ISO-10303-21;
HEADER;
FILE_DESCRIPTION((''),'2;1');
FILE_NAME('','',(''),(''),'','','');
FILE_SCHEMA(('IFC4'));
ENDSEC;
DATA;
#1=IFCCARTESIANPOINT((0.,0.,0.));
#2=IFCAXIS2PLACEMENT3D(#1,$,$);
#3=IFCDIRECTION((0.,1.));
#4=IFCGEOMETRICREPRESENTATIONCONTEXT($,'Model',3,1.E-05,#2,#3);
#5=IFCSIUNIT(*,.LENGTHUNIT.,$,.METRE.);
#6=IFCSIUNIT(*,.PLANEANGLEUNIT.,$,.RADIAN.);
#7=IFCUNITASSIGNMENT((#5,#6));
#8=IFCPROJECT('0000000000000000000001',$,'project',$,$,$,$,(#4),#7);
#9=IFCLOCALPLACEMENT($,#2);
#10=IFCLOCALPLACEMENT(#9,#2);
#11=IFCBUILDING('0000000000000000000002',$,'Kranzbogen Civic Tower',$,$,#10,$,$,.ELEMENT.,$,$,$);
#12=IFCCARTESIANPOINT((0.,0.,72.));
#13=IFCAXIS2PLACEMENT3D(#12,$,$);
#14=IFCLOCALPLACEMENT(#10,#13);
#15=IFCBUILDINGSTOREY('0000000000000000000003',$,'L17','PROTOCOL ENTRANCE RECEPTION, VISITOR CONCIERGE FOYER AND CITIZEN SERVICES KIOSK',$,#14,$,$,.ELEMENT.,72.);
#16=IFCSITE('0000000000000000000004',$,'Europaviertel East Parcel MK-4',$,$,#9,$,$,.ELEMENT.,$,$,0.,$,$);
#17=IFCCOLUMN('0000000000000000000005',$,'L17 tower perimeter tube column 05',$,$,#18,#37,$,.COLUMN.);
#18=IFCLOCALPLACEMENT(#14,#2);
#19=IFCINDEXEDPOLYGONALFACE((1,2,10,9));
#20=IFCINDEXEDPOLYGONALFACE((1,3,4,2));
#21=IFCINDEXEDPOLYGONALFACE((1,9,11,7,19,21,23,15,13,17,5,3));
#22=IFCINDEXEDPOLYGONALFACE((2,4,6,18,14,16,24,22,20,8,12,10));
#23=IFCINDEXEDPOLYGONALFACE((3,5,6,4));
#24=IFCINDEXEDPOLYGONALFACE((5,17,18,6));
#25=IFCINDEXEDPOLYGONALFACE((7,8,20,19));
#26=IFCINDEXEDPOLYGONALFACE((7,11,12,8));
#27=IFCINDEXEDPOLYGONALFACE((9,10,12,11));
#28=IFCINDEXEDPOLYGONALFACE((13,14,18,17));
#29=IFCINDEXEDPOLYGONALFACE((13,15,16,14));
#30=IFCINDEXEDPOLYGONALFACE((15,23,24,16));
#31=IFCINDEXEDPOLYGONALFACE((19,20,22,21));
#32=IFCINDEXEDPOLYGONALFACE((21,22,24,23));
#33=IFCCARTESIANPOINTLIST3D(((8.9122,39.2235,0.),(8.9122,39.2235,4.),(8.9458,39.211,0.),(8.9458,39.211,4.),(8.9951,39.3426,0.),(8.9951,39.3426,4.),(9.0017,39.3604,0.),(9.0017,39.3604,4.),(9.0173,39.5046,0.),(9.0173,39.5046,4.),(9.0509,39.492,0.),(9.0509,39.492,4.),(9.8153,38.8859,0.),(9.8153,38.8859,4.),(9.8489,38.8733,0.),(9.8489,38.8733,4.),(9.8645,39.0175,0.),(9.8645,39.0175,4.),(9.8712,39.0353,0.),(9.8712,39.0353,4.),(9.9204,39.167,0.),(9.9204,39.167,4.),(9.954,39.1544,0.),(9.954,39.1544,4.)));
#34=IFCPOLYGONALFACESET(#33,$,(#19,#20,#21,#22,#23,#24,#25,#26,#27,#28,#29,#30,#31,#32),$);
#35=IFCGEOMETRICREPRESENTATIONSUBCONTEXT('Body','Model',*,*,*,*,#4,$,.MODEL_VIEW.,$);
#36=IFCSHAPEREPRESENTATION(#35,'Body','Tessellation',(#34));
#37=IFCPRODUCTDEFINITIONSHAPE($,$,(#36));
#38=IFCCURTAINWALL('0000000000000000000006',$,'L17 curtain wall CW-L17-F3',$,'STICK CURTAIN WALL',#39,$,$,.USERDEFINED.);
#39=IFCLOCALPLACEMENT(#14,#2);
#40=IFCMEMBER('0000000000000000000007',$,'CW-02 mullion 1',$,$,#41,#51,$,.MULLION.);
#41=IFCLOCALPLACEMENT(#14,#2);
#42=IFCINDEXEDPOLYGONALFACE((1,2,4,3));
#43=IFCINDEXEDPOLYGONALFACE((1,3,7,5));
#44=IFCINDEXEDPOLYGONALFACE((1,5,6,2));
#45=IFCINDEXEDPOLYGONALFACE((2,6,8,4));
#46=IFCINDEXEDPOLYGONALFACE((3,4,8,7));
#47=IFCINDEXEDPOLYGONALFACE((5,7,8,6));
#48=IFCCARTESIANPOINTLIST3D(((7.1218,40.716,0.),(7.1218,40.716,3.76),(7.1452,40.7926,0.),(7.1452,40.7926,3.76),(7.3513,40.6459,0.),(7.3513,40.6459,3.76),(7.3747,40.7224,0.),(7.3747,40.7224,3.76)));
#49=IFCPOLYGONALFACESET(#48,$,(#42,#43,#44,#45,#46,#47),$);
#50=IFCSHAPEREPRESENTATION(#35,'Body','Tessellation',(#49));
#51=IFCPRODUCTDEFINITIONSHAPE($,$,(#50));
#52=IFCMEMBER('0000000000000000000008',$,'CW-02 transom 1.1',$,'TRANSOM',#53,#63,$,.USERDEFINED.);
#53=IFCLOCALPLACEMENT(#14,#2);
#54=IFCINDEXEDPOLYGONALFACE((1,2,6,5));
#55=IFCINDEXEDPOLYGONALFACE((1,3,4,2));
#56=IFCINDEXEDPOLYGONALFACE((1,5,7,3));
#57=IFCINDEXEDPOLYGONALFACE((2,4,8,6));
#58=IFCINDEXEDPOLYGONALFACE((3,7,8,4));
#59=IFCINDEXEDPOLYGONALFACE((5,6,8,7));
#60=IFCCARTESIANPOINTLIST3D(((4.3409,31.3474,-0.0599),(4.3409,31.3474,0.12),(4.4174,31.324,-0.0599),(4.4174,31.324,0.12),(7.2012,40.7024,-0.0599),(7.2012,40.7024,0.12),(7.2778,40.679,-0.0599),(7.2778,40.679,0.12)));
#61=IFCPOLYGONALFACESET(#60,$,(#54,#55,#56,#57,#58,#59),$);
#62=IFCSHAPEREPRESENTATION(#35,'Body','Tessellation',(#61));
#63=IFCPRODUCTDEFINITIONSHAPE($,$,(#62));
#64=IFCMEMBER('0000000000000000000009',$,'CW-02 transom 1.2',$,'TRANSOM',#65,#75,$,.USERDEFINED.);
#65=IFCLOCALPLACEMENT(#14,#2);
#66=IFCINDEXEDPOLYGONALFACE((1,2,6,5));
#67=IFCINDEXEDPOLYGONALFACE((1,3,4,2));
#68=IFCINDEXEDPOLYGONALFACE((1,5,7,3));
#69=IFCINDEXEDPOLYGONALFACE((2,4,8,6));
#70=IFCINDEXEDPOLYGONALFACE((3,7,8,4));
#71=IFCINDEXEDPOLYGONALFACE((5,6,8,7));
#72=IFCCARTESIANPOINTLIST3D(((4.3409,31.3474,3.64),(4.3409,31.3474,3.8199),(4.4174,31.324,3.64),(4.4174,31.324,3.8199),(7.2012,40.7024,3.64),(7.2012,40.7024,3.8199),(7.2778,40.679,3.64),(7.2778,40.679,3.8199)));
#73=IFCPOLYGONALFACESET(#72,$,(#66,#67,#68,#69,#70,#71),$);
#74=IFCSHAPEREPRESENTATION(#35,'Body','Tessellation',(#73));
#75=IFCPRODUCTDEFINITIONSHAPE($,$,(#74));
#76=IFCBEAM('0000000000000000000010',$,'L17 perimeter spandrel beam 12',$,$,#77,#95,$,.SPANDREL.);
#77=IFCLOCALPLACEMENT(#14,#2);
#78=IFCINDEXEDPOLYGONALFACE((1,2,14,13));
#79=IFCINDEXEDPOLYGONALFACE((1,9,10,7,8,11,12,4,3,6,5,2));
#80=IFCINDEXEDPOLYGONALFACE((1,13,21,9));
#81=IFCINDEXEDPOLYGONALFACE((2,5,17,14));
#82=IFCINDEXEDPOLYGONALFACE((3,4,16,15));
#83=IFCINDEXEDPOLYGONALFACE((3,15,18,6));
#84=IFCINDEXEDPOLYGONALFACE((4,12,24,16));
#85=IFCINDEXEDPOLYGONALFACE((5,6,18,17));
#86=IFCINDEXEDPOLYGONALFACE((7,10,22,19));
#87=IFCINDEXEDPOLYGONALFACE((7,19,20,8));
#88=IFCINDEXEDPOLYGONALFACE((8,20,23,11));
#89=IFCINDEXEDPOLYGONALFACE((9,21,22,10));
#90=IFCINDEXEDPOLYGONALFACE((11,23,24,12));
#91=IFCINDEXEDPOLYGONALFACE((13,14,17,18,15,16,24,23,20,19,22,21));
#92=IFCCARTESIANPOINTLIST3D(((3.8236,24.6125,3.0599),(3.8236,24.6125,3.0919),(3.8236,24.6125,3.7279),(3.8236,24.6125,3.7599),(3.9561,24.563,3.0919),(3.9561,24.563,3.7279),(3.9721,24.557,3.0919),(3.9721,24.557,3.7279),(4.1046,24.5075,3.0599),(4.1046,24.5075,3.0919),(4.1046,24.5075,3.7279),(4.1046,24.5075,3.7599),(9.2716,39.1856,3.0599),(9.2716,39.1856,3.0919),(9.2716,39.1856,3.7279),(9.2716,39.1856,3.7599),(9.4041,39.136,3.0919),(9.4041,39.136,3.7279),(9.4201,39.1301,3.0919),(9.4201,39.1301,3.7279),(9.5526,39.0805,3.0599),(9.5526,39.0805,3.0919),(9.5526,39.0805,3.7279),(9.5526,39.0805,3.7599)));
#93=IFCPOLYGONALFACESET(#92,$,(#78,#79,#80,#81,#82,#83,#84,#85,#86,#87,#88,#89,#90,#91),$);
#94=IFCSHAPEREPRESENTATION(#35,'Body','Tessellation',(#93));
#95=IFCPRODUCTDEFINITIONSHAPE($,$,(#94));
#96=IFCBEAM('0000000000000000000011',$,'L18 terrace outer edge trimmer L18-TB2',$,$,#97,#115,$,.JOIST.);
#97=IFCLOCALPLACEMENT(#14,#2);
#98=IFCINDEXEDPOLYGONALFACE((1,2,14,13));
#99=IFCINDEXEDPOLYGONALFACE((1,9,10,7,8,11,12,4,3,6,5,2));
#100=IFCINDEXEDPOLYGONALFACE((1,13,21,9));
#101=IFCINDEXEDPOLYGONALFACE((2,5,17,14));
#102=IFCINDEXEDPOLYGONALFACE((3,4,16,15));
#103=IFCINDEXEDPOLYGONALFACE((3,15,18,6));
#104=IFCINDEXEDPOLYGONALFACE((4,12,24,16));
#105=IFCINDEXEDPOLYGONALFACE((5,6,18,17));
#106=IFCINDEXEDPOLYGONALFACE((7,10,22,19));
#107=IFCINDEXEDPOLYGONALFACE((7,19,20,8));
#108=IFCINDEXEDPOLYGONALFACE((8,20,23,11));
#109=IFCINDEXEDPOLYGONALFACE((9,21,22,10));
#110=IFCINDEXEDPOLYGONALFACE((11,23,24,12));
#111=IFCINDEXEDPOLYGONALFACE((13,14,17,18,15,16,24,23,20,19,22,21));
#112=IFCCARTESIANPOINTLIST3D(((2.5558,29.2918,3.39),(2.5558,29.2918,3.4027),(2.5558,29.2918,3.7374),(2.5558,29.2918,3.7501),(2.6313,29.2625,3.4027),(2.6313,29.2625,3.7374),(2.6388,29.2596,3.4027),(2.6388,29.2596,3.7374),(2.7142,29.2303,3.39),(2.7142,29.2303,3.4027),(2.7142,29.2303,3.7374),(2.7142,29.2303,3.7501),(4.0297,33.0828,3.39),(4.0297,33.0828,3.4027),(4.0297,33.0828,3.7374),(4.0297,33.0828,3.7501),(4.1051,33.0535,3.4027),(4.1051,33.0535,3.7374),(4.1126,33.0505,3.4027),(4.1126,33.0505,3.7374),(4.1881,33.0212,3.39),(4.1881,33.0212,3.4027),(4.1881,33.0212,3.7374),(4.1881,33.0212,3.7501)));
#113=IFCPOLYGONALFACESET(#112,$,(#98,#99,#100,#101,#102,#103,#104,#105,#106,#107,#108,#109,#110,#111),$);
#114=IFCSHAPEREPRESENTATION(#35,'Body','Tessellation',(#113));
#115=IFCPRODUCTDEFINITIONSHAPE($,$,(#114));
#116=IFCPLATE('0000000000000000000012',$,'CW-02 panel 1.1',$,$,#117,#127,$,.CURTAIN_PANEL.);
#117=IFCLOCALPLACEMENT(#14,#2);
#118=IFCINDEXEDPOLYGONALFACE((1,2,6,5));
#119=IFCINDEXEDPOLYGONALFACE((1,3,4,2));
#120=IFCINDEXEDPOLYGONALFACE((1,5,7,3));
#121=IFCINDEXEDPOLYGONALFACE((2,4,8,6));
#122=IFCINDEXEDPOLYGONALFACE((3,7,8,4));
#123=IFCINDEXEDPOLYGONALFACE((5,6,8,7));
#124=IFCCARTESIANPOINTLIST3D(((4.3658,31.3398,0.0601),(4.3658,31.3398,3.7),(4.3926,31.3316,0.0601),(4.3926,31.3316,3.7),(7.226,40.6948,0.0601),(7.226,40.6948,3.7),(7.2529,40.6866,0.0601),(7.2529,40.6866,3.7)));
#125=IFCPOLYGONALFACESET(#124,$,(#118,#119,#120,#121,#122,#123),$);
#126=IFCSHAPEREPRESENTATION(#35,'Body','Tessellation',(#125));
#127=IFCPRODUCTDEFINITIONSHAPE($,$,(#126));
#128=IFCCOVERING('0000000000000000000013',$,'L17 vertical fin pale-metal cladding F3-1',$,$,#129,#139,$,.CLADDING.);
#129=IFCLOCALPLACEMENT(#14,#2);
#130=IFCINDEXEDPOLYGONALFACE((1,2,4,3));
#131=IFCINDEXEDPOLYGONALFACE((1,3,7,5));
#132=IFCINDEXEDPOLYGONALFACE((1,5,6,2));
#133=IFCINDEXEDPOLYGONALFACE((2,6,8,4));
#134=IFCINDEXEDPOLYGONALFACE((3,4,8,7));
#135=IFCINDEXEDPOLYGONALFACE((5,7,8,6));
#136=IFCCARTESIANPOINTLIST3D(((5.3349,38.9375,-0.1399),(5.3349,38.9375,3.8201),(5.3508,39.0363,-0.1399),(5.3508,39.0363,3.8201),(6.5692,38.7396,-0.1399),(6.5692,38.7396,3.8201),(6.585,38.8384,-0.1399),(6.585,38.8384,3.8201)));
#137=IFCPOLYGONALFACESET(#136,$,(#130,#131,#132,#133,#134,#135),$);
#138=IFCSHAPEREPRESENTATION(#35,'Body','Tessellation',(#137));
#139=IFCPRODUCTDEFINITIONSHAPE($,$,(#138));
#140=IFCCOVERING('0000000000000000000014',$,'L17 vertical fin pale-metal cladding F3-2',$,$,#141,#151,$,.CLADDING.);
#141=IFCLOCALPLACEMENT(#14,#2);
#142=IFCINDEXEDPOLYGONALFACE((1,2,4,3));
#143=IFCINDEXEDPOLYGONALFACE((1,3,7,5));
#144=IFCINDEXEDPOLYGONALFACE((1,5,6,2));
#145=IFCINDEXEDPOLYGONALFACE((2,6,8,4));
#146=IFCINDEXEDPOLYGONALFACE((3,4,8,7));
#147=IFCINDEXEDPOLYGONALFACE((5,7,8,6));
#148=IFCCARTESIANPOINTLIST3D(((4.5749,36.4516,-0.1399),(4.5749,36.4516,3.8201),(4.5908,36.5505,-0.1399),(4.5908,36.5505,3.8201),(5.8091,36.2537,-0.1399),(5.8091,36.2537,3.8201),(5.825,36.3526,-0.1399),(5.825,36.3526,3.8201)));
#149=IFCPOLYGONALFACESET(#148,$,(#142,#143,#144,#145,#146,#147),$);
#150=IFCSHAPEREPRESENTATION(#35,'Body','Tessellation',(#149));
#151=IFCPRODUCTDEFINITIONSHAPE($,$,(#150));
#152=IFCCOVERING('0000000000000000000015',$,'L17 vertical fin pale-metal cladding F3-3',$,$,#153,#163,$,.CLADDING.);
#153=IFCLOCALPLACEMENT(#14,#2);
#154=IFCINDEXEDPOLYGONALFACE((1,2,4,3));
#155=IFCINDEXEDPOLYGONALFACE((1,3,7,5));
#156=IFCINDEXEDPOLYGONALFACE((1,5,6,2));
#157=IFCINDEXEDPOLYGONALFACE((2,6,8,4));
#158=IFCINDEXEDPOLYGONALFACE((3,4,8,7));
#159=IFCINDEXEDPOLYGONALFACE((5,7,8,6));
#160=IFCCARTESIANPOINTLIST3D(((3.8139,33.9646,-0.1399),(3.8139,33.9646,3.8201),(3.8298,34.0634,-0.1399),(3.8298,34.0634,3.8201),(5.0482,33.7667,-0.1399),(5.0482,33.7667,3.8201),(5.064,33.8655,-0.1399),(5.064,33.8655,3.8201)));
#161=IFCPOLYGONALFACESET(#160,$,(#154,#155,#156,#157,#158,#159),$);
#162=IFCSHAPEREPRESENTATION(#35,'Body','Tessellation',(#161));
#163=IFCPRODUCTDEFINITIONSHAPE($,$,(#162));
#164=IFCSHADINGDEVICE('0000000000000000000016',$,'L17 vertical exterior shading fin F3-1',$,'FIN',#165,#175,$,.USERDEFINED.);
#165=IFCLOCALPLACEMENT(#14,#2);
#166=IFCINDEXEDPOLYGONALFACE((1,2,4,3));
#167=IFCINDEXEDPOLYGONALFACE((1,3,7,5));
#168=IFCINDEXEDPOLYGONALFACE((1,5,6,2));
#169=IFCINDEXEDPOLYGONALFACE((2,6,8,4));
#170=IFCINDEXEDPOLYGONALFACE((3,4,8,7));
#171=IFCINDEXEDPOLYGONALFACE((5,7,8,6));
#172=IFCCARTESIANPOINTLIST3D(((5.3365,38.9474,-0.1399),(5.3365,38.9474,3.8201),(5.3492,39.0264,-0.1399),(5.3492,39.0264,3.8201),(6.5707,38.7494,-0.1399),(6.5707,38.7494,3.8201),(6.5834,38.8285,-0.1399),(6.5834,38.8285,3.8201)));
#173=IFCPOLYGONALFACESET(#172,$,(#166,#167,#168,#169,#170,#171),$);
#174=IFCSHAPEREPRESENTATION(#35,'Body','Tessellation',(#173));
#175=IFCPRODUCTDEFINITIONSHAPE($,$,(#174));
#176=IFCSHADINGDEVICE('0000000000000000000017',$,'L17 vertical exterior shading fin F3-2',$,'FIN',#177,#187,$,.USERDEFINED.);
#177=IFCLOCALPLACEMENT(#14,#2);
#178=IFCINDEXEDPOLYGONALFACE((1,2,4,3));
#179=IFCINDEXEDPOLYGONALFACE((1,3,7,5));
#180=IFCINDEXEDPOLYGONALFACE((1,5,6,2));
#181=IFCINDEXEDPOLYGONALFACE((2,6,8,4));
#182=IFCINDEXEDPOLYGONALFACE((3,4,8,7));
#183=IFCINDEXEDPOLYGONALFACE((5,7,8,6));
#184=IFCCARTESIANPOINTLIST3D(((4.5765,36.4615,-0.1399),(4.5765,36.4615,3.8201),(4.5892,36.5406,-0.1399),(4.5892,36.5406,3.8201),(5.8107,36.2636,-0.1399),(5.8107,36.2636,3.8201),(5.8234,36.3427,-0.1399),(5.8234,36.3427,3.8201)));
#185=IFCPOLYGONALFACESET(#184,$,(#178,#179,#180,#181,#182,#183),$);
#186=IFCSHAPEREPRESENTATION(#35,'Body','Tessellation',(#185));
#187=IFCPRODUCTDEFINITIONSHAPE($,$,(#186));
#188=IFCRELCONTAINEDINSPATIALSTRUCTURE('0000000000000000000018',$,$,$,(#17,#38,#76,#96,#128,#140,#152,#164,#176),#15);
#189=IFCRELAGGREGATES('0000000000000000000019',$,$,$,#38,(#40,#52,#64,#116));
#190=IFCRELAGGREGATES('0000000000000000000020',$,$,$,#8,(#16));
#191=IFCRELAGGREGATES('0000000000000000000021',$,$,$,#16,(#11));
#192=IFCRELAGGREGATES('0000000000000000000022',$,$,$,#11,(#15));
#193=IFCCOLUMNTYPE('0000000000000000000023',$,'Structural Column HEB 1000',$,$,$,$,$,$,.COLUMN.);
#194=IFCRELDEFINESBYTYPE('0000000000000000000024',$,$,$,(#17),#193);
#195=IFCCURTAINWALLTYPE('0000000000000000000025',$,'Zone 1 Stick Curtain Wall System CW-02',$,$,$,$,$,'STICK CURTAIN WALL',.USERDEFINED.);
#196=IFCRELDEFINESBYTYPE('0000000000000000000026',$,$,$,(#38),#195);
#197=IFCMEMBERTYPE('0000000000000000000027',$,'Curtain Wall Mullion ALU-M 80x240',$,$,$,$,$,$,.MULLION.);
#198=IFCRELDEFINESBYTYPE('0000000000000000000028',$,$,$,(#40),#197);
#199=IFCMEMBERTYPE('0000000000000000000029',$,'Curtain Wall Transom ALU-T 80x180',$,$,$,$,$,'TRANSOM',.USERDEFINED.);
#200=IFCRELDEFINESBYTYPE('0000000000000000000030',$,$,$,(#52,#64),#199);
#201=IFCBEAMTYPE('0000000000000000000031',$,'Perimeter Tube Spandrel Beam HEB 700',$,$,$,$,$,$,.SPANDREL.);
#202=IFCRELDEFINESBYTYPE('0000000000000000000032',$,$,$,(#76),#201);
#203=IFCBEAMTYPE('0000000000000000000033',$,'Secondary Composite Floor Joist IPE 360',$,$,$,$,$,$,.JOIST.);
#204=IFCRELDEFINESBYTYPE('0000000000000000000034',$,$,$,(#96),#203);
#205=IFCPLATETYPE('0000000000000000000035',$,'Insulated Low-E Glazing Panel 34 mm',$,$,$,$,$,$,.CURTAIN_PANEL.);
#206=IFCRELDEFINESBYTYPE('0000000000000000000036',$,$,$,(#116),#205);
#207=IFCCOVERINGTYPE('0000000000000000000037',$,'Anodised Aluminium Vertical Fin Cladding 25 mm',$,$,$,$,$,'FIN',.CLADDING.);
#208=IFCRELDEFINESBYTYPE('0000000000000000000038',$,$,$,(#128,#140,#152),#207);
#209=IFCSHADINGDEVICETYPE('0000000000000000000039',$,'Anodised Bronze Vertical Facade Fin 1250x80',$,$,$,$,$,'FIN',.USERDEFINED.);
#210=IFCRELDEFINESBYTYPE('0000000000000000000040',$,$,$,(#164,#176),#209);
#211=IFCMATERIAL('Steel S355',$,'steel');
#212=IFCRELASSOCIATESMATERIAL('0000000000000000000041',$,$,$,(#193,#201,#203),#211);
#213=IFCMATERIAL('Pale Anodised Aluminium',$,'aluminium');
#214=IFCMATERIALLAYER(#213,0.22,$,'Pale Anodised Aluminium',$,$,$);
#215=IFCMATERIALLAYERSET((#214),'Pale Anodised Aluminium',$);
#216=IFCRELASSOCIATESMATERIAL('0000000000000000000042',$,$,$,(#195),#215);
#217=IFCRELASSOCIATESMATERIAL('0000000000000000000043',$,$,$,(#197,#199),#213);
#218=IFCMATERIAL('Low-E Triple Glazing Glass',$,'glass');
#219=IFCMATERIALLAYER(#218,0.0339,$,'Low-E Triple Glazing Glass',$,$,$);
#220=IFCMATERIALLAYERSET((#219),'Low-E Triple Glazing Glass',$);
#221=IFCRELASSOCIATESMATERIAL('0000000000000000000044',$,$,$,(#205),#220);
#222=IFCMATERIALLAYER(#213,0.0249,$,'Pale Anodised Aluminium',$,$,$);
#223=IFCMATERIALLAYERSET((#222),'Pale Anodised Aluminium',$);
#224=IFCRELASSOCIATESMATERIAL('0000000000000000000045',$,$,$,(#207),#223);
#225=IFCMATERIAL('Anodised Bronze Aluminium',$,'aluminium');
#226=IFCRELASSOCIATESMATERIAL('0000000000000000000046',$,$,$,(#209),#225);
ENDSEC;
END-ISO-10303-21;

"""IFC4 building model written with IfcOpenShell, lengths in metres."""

from ifc_helpers import new_model, si_unit, direction, frame, origin, origin_2d, place, context, subcontext, project, spatial, rectangle, i_section, extrude, material, layer, layer_set, material_profile, profile_set, type_object, element, aggregate, save


model = new_model("IFC4")

# Units and contexts
model_context = context("Model", 3, precision=1e-05, world=origin(), true_north=direction((0.0, 1.0)))
body_context = subcontext(model_context, "Body", "Model", "MODEL_VIEW")
ifc_project = project(units=[si_unit("LENGTHUNIT", "METRE"), si_unit("PLANEANGLEUNIT", "RADIAN")], contexts=[model_context])

# Site, building, storey
site_placement = place(None, origin())
site = spatial("IfcSite", under=ifc_project, at=site_placement, Name="Europaviertel East Parcel MK-4", CompositionType="ELEMENT", RefElevation=0.0)
building_placement = place(site_placement, origin())
building = spatial("IfcBuilding", under=site, at=building_placement, Name="Kranzbogen Civic Tower", CompositionType="ELEMENT")
storey_placement = place(building_placement, frame((0.0, 0.0, 72.0)))
storey = spatial("IfcBuildingStorey", under=building, at=storey_placement, Name="L17", Description="PROTOCOL ENTRANCE RECEPTION, VISITOR CONCIERGE FOYER AND CITIZEN SERVICES KIOSK", CompositionType="ELEMENT", Elevation=72.0)

# Column
ifc_material_1 = material(Name="Steel S355", Category="steel")
ifc_material_profile_1 = material_profile(ifc_material_1, i_section(OverallWidth=0.3, OverallDepth=1.0, WebThickness=0.019, FlangeThickness=0.0359, at=origin_2d()), Name="HEB 1000")
ifc_profile_set_1 = profile_set([ifc_material_profile_1], Name="Steel S355")
column_type = type_object("IfcColumnType", Name="Structural Column HEB 1000", PredefinedType="COLUMN", material=ifc_profile_set_1)
column_placement = place(storey_placement, frame((9.4331, 39.189, 0.0), z_axis=(0.0, 0.0, 1.0), x_axis=(0.350207, 0.936672, 0.0)))
element("IfcColumn", 1, at=column_placement, inside=storey, type_object=column_type, Name="L17 tower perimeter tube column 05", PredefinedType="COLUMN", context=body_context, shape_type="SweptSolid", body=[
    extrude(i_section(OverallWidth=0.3, OverallDepth=1.0, WebThickness=0.019, FlangeThickness=0.0359, at=origin_2d()), origin(), (0.0, 0.0, 1.0), 4.0),
])

# Curtain wall, members
ifc_material_2 = material(Name="Pale Anodised Aluminium", Category="aluminium")
ifc_layer_1 = layer(ifc_material_2, 0.22, Name="Pale Anodised Aluminium")
ifc_layer_set_1 = layer_set([ifc_layer_1], Name="Pale Anodised Aluminium")
curtain_wall_type = type_object("IfcCurtainWallType", Name="Zone 1 Stick Curtain Wall System CW-02", ElementType="STICK CURTAIN WALL", PredefinedType="USERDEFINED", material=ifc_layer_set_1)
curtain_wall_placement = place(storey_placement, origin())
curtain_wall = element("IfcCurtainWall", 2, at=curtain_wall_placement, inside=storey, type_object=curtain_wall_type, Name="L17 curtain wall CW-L17-F3", ObjectType="STICK CURTAIN WALL", PredefinedType="USERDEFINED")
ifc_material_profile_2 = material_profile(ifc_material_2, rectangle(XDim=0.0801, YDim=0.24, at=origin_2d()), Name="ALU-M 80x240")
ifc_profile_set_2 = profile_set([ifc_material_profile_2], Name="Pale Anodised Aluminium")
member_type_1 = type_object("IfcMemberType", Name="Curtain Wall Mullion ALU-M 80x240", PredefinedType="MULLION", material=ifc_profile_set_2)
member_1_placement = place(storey_placement, frame((7.2483, 40.7192, 0.0), z_axis=(0.0, 0.0, 1.0), x_axis=(-0.292381, -0.956302, 0.0)))
member_1 = element("IfcMember", 3, at=member_1_placement, type_object=member_type_1, Name="CW-02 mullion 1", PredefinedType="MULLION", context=body_context, shape_type="SweptSolid", body=[
    extrude(rectangle(XDim=0.0801, YDim=0.24, at=origin_2d()), origin(), (0.0, 0.0, 1.0), 3.76),
])
ifc_material_profile_3 = material_profile(ifc_material_2, rectangle(XDim=0.0801, YDim=0.1799, at=origin_2d()), Name="ALU-T 80x180")
ifc_profile_set_3 = profile_set([ifc_material_profile_3], Name="Pale Anodised Aluminium")
member_type_2 = type_object("IfcMemberType", Name="Curtain Wall Transom ALU-T 80x180", ElementType="TRANSOM", PredefinedType="USERDEFINED", material=ifc_profile_set_3)
member_2_placement = place(storey_placement, frame((7.2395, 40.6907, 0.03), z_axis=(-0.292395, -0.956298, 0.0), x_axis=(0.956298, -0.292395, 0.0)))
member_2 = element("IfcMember", 4, at=member_2_placement, type_object=member_type_2, Name="CW-02 transom 1.1", ObjectType="TRANSOM", PredefinedType="USERDEFINED", context=body_context, shape_type="SweptSolid", body=[
    extrude(rectangle(XDim=0.0801, YDim=0.1799, at=origin_2d()), origin(), (0.0, 0.0, 1.0), 9.7825),
])
member_3_placement = place(storey_placement, frame((7.2395, 40.6907, 3.73), z_axis=(-0.292395, -0.956298, 0.0), x_axis=(0.956298, -0.292395, 0.0)))
member_3 = element("IfcMember", 5, at=member_3_placement, type_object=member_type_2, Name="CW-02 transom 1.2", ObjectType="TRANSOM", PredefinedType="USERDEFINED", context=body_context, shape_type="SweptSolid", body=[
    extrude(rectangle(XDim=0.0801, YDim=0.1799, at=origin_2d()), origin(), (0.0, 0.0, 1.0), 9.7825),
])

# Beams
ifc_material_profile_4 = material_profile(ifc_material_1, i_section(OverallWidth=0.3, OverallDepth=0.7, WebThickness=0.0171, FlangeThickness=0.032, at=origin_2d()), Name="HEB 700")
ifc_profile_set_4 = profile_set([ifc_material_profile_4], Name="Steel S355")
beam_type_1 = type_object("IfcBeamType", Name="Perimeter Tube Spandrel Beam HEB 700", PredefinedType="SPANDREL", material=ifc_profile_set_4)
beam_1_placement = place(storey_placement, frame((9.4121, 39.1331, 3.4099), z_axis=(-0.350172, -0.936685, 0.0), x_axis=(0.936685, -0.350172, 0.0)))
element("IfcBeam", 6, at=beam_1_placement, inside=storey, type_object=beam_type_1, Name="L17 perimeter spandrel beam 12", PredefinedType="SPANDREL", context=body_context, shape_type="SweptSolid", body=[
    extrude(i_section(OverallWidth=0.3, OverallDepth=0.7, WebThickness=0.0171, FlangeThickness=0.032, at=origin_2d()), origin(), (0.0, 0.0, 1.0), 15.5581),
])
ifc_material_profile_5 = material_profile(ifc_material_1, i_section(OverallWidth=0.1699, OverallDepth=0.3601, WebThickness=0.0081, FlangeThickness=0.0127, at=origin_2d()), Name="IPE 360")
ifc_profile_set_5 = profile_set([ifc_material_profile_5], Name="Steel S355")
beam_type_2 = type_object("IfcBeamType", Name="Secondary Composite Floor Joist IPE 360", PredefinedType="JOIST", material=ifc_profile_set_5)
beam_2_placement = place(storey_placement, frame((4.1089, 33.052, 3.5701), z_axis=(-0.362359, -0.932038, 0.0), x_axis=(0.932038, -0.362359, 0.0)))
element("IfcBeam", 7, at=beam_2_placement, inside=storey, type_object=beam_type_2, Name="L18 terrace outer edge trimmer L18-TB2", PredefinedType="JOIST", context=body_context, shape_type="SweptSolid", body=[
    extrude(i_section(OverallWidth=0.1699, OverallDepth=0.3601, WebThickness=0.0081, FlangeThickness=0.0127, at=origin_2d()), origin(), (0.0, 0.0, 1.0), 4.0674),
])

# Plate
ifc_material_3 = material(Name="Low-E Triple Glazing Glass", Category="glass")
ifc_layer_2 = layer(ifc_material_3, 0.0339, Name="Low-E Triple Glazing Glass")
ifc_layer_set_2 = layer_set([ifc_layer_2], Name="Low-E Triple Glazing Glass")
plate_type = type_object("IfcPlateType", Name="Insulated Low-E Glazing Panel 34 mm", PredefinedType="CURTAIN_PANEL", material=ifc_layer_set_2)
plate_placement = place(storey_placement, frame((5.8093, 36.0132, 0.0601), z_axis=(0.0, 0.0, 1.0), x_axis=(-0.292381, -0.956302, 0.0)))
plate = element("IfcPlate", 8, at=plate_placement, type_object=plate_type, Name="CW-02 panel 1.1", PredefinedType="CURTAIN_PANEL", context=body_context, shape_type="SweptSolid", body=[
    extrude(rectangle(XDim=9.7825, YDim=0.0281, at=origin_2d()), origin(), (0.0, 0.0, 1.0), 3.6399),
])
aggregate(curtain_wall, [member_1, member_2, member_3, plate])

# Coverings
ifc_layer_3 = layer(ifc_material_2, 0.0249, Name="Pale Anodised Aluminium")
ifc_layer_set_3 = layer_set([ifc_layer_3], Name="Pale Anodised Aluminium")
covering_type = type_object("IfcCoveringType", Name="Anodised Aluminium Vertical Fin Cladding 25 mm", ElementType="FIN", PredefinedType="CLADDING", material=ifc_layer_set_3)
for number, where, z_axis, x_axis, name in (
    (9, (5.96, 38.8879, -0.1399), (0.0, 0.0, 1.0), (-0.987386, 0.15833, 0.0), "L17 vertical fin pale-metal cladding F3-1"),
    (10, (5.2, 36.4021, -0.1399), (0.0, 0.0, 1.0), (-0.987386, 0.15833, 0.0), "L17 vertical fin pale-metal cladding F3-2"),
    (11, (4.439, 33.915, -0.1399), (0.0, 0.0, 1.0), (-0.987386, 0.15833, 0.0), "L17 vertical fin pale-metal cladding F3-3"),
):
    element("IfcCovering", number, at=place(storey_placement, frame(where, z_axis=z_axis, x_axis=x_axis)), inside=storey, type_object=covering_type, Name=name, PredefinedType="CLADDING", context=body_context, shape_type="SweptSolid", body=[
        extrude(rectangle(XDim=1.25, YDim=0.1001, at=origin_2d()), origin(), (0.0, 0.0, 1.0), 3.96),
    ])

# Shading devices
ifc_material_4 = material(Name="Anodised Bronze Aluminium", Category="aluminium")
shading_device_type = type_object("IfcShadingDeviceType", Name="Anodised Bronze Vertical Facade Fin 1250x80", ElementType="FIN", PredefinedType="USERDEFINED", material=ifc_material_4)
for number, where, z_axis, x_axis, name in (
    (12, (5.96, 38.8879, -0.1399), (0.0, 0.0, 1.0), (-0.987386, 0.15833, 0.0), "L17 vertical exterior shading fin F3-1"),
    (13, (5.2, 36.4021, -0.1399), (0.0, 0.0, 1.0), (-0.987386, 0.15833, 0.0), "L17 vertical exterior shading fin F3-2"),
):
    element("IfcShadingDevice", number, at=place(storey_placement, frame(where, z_axis=z_axis, x_axis=x_axis)), inside=storey, type_object=shading_device_type, Name=name, ObjectType="FIN", PredefinedType="USERDEFINED", context=body_context, shape_type="SweptSolid", body=[
        extrude(rectangle(XDim=1.25, YDim=0.0801, at=origin_2d()), origin(), (0.0, 0.0, 1.0), 3.96),
    ])

save(model, "model.ifc")
